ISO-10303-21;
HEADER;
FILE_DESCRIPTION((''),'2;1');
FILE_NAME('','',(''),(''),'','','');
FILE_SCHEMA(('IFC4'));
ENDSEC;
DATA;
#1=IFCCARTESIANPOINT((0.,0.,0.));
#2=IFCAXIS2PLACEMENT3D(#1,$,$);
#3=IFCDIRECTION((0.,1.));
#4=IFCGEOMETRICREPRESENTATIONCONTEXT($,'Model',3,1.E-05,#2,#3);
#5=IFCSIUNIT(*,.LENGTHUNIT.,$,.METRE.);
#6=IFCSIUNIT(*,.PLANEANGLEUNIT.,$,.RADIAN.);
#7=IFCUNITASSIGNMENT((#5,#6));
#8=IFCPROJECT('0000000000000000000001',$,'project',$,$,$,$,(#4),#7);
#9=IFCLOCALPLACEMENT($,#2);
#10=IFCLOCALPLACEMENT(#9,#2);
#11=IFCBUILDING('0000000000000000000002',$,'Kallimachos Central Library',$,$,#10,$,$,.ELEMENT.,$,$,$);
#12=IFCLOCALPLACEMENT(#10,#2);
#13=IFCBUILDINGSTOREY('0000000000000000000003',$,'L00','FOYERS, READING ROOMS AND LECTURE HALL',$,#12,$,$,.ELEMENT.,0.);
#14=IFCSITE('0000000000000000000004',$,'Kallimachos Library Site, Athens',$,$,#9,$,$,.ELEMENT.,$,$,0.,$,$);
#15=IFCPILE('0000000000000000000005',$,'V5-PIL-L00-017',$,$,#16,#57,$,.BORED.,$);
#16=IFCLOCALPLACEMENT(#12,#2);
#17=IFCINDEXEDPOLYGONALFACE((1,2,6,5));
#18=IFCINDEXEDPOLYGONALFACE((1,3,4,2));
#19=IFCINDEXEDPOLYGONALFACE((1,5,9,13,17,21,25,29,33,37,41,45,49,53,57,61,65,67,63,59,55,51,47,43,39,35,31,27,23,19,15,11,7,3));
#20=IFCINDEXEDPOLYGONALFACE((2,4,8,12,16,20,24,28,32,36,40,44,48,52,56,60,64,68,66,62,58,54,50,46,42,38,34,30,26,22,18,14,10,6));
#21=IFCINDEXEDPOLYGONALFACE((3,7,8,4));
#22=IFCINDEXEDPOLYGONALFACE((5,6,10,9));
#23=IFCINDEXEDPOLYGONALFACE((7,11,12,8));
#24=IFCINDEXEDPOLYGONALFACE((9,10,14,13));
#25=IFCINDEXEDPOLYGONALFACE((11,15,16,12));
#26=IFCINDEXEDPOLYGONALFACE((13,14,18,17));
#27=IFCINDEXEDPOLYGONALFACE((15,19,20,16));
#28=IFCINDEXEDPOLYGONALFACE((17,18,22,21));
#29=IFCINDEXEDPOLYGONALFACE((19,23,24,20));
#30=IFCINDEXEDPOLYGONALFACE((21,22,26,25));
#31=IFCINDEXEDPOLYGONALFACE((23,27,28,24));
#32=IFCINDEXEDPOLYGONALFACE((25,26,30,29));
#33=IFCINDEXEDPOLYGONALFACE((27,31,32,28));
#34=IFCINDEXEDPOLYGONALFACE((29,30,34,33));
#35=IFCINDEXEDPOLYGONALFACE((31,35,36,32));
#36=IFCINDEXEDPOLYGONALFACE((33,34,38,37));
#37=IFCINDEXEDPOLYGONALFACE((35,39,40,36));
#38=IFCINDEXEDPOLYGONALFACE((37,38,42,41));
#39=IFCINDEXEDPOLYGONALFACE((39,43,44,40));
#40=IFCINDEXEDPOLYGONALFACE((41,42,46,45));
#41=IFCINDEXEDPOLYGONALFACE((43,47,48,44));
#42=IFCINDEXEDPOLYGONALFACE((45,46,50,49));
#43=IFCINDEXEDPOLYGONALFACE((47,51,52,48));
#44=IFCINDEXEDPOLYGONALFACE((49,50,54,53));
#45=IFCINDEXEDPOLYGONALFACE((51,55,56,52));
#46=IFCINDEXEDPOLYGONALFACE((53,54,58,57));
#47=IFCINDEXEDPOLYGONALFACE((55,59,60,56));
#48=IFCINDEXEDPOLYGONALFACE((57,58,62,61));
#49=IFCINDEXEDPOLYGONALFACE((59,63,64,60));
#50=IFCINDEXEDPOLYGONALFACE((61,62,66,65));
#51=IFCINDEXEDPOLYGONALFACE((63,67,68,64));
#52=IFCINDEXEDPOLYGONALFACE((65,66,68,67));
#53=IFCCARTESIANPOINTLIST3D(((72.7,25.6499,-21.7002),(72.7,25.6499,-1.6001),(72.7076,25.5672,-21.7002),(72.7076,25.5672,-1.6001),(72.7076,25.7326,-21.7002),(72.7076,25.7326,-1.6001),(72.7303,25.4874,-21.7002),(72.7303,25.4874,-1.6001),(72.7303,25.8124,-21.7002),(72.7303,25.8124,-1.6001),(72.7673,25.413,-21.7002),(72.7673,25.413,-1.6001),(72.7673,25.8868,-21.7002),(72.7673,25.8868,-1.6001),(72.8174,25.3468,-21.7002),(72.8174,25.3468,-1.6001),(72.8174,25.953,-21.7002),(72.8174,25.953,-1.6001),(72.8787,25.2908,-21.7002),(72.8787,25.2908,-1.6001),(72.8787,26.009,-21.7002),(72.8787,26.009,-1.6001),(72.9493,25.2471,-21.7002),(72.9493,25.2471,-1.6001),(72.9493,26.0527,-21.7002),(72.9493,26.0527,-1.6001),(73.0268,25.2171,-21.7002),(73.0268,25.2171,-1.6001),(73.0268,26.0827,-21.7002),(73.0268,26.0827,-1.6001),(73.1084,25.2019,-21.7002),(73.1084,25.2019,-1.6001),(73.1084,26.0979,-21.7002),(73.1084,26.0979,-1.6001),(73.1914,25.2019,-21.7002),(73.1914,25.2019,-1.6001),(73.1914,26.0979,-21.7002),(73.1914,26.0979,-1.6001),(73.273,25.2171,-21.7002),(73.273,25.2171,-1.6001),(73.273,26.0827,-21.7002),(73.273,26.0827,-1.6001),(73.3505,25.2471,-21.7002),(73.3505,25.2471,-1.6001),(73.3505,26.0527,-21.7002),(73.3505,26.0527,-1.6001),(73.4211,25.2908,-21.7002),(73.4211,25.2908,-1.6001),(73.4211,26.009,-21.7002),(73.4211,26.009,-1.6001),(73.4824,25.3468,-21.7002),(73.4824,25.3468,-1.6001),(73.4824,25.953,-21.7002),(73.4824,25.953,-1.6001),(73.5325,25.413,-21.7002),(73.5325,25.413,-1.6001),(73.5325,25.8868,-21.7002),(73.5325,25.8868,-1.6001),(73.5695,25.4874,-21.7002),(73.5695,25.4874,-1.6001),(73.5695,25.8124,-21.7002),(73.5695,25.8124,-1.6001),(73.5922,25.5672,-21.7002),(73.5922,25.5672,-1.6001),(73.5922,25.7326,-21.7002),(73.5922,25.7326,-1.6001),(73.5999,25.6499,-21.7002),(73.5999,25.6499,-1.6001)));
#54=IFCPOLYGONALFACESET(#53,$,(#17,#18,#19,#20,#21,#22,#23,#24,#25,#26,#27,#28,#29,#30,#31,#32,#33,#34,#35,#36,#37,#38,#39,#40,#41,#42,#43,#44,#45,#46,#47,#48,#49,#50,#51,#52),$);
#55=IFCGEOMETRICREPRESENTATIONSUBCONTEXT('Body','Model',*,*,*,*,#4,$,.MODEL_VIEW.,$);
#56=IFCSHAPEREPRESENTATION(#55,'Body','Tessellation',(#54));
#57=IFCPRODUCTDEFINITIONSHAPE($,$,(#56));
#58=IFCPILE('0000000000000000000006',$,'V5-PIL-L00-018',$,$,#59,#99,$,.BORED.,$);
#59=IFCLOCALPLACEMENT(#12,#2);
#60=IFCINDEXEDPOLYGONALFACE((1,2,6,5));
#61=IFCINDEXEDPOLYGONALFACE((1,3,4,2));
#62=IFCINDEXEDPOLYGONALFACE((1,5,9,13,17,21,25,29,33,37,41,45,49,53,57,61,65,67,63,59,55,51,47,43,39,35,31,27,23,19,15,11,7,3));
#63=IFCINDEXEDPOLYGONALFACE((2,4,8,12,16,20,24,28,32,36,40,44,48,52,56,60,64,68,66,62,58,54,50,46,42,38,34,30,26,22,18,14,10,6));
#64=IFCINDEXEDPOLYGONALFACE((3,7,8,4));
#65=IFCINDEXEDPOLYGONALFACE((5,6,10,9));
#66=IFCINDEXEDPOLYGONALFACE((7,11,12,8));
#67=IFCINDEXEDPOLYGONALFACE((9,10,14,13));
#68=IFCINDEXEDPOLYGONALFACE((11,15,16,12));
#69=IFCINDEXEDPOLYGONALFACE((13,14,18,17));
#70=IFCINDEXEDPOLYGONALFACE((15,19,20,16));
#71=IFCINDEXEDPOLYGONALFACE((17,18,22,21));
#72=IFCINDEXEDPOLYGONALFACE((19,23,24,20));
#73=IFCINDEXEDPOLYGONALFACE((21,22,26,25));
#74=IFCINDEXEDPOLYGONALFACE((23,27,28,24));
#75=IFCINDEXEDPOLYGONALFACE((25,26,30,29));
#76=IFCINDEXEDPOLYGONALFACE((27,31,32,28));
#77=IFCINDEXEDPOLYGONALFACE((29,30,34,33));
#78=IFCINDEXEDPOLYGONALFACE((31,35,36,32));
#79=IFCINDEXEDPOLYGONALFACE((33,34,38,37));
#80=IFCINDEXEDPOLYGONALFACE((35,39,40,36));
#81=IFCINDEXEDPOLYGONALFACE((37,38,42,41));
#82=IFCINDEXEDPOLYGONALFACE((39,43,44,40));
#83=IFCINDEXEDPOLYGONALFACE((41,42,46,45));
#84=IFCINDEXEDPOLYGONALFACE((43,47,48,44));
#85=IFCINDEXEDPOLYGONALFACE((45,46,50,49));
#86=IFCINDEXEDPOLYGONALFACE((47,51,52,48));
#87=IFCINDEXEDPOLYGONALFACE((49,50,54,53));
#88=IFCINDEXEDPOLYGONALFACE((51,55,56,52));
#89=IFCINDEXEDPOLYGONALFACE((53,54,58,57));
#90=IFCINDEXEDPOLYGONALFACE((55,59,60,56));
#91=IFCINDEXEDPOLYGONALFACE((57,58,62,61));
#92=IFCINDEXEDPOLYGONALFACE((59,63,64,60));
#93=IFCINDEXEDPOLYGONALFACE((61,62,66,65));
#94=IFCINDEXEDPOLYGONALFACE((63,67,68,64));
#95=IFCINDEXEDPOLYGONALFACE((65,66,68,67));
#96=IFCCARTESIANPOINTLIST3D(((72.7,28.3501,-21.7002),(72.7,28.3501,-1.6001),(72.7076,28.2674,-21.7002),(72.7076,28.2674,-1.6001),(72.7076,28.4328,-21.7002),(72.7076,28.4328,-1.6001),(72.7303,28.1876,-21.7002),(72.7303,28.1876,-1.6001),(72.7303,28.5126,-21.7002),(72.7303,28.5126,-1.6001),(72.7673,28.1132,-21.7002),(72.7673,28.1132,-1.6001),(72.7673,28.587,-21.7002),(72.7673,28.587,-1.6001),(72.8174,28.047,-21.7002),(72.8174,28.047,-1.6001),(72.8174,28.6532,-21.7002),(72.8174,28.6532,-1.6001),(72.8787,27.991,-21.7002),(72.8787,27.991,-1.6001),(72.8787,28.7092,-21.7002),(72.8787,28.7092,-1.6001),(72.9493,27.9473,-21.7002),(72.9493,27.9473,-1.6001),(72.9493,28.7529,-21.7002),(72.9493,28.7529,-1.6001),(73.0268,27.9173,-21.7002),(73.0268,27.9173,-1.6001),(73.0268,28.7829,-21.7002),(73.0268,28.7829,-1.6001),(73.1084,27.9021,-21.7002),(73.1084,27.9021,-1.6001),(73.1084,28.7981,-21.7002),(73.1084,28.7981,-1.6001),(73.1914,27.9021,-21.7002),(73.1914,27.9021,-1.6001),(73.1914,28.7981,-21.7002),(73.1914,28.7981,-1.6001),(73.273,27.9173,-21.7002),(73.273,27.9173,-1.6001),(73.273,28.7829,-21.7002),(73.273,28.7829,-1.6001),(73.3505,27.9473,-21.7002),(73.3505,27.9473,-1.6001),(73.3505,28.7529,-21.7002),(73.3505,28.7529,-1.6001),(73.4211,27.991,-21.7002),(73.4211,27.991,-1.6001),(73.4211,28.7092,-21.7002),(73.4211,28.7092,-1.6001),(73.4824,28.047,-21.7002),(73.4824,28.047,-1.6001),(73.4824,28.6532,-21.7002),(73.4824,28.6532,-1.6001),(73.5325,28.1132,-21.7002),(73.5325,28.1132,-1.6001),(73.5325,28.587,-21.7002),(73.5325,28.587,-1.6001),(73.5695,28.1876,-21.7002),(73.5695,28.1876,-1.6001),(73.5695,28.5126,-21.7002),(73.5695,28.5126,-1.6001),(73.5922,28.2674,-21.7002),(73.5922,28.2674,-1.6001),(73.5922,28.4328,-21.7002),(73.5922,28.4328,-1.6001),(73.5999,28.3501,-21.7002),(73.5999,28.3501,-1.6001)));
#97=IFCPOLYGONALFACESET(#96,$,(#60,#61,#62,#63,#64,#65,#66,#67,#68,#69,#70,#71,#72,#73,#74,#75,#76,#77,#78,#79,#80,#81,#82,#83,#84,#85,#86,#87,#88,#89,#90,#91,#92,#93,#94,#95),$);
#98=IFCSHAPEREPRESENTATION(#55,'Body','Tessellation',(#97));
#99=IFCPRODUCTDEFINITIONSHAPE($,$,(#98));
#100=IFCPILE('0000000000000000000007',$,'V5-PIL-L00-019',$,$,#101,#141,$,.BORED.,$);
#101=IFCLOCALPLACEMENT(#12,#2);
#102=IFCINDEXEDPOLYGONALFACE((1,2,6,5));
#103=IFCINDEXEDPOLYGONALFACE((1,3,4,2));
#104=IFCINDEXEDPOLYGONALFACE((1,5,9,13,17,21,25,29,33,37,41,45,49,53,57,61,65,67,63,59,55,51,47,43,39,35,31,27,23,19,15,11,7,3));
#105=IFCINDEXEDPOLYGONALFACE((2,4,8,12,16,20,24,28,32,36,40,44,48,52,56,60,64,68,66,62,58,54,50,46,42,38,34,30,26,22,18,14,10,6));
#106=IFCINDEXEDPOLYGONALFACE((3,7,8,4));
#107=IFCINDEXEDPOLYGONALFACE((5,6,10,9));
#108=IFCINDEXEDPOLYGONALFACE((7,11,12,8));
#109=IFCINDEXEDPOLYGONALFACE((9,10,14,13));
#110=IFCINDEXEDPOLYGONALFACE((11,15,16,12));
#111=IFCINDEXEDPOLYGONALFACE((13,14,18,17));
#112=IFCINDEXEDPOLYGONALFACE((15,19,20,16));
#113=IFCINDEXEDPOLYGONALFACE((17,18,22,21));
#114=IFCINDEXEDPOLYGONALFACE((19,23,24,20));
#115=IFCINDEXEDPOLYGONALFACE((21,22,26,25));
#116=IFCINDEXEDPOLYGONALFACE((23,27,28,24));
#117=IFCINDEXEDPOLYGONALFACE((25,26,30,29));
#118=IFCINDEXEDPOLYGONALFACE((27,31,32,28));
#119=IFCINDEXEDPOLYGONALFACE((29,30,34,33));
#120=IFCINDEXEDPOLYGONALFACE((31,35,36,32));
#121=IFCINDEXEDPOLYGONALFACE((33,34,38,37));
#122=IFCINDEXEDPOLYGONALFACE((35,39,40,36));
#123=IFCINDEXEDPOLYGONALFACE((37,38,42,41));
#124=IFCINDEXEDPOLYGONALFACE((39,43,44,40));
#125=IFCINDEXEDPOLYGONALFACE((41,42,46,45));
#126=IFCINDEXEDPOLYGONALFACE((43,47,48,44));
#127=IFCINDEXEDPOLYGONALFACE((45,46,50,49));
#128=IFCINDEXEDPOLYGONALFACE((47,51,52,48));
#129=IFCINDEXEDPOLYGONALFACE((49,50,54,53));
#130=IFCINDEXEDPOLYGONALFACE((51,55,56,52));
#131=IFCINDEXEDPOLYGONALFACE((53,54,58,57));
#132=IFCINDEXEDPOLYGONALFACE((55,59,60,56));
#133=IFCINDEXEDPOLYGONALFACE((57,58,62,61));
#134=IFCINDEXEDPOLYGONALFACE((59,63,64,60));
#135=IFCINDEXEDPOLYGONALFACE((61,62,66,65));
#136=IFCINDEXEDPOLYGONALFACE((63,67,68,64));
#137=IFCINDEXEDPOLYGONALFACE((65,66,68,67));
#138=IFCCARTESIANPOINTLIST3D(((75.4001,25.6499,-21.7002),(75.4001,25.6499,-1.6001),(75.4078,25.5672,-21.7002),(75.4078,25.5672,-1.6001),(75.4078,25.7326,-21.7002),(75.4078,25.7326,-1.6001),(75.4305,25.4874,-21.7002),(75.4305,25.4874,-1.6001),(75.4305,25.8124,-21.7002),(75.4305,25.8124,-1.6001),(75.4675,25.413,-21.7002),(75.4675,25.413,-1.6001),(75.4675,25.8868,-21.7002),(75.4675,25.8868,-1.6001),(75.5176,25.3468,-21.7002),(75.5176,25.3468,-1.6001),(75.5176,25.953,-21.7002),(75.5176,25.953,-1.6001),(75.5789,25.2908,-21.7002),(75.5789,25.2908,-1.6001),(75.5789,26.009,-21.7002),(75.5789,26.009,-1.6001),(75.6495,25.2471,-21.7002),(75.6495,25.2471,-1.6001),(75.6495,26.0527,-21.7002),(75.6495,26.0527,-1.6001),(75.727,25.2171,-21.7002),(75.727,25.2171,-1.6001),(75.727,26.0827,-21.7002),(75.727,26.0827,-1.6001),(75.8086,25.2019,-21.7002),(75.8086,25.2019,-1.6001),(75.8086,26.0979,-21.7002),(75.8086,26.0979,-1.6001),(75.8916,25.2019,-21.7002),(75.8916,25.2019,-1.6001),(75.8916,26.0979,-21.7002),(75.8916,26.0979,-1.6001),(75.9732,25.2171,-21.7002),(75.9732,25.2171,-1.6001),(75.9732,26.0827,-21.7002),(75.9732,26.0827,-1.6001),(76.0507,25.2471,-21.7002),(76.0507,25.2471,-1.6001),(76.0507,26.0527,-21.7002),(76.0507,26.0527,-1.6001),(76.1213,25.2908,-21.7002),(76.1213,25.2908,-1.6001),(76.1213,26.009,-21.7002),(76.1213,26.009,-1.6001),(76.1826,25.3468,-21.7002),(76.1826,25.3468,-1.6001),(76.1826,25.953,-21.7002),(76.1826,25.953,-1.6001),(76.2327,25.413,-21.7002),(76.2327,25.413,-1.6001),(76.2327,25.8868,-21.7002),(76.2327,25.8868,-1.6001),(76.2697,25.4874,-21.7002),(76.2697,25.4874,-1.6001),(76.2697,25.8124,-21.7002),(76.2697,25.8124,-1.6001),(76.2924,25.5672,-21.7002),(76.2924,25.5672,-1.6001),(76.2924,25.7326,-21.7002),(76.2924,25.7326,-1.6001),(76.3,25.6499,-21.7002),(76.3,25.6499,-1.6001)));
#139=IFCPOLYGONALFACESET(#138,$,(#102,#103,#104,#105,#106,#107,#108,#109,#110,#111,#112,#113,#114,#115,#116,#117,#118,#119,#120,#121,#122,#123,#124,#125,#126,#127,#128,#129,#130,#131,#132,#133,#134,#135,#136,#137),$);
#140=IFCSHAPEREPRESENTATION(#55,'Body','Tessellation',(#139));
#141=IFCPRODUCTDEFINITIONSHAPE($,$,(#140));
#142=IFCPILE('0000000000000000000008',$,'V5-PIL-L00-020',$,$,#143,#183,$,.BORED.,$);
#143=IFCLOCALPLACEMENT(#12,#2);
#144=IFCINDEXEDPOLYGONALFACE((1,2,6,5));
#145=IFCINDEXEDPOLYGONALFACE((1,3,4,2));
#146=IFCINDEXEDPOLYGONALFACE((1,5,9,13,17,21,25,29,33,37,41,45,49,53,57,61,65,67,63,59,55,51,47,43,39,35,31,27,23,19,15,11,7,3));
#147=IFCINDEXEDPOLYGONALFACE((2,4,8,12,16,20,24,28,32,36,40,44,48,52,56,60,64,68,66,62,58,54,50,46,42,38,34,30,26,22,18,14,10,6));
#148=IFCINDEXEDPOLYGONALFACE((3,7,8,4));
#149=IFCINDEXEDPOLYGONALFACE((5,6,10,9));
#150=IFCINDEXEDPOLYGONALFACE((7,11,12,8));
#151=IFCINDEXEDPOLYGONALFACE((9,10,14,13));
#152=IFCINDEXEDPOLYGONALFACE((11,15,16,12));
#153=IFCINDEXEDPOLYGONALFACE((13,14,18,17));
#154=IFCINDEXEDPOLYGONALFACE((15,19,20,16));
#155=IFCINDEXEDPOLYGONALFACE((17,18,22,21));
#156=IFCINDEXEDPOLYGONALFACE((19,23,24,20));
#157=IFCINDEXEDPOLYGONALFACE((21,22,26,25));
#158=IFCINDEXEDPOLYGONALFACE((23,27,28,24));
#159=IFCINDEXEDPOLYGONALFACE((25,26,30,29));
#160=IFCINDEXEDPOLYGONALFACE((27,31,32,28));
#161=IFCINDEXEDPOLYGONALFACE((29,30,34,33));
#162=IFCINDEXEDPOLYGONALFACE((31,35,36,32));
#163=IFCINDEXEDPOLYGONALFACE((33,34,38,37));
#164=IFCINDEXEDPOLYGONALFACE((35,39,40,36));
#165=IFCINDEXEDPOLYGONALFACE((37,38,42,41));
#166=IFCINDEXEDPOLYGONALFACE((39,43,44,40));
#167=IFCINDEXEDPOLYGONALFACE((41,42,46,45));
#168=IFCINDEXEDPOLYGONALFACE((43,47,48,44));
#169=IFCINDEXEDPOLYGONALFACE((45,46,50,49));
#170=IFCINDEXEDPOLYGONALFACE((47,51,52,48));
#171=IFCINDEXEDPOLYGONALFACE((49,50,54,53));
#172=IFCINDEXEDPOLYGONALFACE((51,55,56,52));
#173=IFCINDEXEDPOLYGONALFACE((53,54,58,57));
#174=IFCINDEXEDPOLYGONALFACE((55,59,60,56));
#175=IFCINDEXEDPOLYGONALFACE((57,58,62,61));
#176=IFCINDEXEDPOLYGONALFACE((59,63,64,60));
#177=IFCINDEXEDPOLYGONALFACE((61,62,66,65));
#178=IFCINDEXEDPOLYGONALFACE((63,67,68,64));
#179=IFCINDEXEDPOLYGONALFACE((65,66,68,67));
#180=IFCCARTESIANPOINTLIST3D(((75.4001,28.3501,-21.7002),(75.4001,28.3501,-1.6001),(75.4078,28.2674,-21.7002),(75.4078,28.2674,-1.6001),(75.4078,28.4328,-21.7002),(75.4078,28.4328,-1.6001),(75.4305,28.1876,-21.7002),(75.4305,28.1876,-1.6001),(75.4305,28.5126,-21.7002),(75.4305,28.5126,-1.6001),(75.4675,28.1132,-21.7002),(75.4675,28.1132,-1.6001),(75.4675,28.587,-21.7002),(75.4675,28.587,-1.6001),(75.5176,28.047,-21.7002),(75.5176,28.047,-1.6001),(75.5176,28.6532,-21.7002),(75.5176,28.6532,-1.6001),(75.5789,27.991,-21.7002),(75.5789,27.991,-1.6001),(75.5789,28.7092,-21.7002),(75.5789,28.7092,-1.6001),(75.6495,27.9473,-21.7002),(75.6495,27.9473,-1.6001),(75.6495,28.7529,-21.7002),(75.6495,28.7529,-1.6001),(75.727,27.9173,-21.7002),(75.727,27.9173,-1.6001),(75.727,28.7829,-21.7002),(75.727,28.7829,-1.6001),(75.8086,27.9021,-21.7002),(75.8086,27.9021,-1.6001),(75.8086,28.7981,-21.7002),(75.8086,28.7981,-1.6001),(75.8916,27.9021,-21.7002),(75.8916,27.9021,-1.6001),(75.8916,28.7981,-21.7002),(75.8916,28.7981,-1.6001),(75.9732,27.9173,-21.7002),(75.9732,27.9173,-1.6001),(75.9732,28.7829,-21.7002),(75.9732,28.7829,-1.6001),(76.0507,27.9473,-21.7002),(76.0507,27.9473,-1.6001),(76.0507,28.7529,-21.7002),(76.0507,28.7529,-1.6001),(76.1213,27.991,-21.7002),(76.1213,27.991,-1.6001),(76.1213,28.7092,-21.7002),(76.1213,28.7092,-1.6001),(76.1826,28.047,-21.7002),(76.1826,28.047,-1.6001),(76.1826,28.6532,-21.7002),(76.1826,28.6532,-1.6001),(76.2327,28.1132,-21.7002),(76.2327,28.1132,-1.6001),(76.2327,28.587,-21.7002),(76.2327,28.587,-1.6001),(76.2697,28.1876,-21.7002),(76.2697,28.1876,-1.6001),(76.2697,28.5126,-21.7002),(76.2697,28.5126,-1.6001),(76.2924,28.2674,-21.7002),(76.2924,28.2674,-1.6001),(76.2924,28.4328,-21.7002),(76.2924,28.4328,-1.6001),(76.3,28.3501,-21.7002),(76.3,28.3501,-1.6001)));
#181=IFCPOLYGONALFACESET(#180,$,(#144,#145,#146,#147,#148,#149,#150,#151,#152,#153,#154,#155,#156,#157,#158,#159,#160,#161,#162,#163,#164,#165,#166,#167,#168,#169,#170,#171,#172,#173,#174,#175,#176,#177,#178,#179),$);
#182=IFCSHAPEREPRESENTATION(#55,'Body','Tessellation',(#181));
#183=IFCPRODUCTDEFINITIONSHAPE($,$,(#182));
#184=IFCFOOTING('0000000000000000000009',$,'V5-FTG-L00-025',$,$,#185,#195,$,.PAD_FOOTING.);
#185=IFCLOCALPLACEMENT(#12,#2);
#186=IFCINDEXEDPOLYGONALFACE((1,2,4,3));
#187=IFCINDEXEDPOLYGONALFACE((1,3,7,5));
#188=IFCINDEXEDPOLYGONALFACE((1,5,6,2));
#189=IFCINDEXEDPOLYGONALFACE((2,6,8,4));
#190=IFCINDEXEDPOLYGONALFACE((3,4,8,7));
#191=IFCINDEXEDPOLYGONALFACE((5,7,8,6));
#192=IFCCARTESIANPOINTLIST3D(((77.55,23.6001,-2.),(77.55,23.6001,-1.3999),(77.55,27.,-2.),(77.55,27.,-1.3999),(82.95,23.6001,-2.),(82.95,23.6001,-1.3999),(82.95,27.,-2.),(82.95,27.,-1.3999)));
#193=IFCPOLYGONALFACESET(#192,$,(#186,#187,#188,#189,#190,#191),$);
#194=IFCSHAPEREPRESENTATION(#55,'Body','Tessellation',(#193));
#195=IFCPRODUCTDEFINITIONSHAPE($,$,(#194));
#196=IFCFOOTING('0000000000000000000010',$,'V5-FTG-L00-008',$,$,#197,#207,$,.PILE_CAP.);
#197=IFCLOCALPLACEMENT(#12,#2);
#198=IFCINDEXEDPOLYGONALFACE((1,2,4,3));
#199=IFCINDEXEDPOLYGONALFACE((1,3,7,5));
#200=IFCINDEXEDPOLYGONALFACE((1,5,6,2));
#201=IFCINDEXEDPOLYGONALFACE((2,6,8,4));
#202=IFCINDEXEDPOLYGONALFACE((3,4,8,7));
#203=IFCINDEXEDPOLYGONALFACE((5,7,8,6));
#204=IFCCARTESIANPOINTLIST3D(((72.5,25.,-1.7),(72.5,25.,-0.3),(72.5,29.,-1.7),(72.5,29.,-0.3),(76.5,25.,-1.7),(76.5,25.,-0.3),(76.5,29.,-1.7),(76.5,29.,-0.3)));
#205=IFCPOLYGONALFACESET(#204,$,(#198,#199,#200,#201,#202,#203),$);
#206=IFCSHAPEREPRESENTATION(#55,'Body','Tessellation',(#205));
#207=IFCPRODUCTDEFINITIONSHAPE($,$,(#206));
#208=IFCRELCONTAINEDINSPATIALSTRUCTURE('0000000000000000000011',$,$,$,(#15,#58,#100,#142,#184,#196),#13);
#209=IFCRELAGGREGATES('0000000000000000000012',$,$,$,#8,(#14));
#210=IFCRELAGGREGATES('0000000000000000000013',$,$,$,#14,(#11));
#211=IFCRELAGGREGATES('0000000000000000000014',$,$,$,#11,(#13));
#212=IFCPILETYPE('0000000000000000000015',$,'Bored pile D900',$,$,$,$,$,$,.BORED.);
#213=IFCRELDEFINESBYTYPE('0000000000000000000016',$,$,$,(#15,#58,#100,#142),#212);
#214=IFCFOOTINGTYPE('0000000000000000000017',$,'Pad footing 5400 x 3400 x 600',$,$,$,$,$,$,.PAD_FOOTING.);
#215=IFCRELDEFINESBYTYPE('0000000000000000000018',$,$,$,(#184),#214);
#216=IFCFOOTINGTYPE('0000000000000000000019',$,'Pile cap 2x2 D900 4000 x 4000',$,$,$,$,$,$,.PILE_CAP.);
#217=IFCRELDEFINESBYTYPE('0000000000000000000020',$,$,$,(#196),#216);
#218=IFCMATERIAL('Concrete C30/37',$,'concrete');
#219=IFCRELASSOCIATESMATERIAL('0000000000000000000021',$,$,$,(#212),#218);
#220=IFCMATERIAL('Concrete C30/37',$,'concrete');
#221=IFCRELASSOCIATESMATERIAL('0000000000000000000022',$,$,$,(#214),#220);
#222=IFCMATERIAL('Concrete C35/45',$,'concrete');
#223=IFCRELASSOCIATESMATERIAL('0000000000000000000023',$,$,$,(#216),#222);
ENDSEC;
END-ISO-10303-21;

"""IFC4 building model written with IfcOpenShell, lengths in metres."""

from ifc_helpers import new_model, si_unit, direction, frame, origin, origin_2d, place, context, subcontext, project, spatial, rectangle, circle, extrude, material, type_object, element, save


model = new_model("IFC4")

# Units and contexts
model_context = context("Model", 3, precision=1e-05, world=origin(), true_north=direction((0.0, 1.0)))
body_context = subcontext(model_context, "Body", "Model", "MODEL_VIEW")
ifc_project = project(units=[si_unit("LENGTHUNIT", "METRE"), si_unit("PLANEANGLEUNIT", "RADIAN")], contexts=[model_context])

# Site, building, storey
site_placement = place(None, origin())
site = spatial("IfcSite", under=ifc_project, at=site_placement, Name="Kallimachos Library Site, Athens", CompositionType="ELEMENT", RefElevation=0.0)
building_placement = place(site_placement, origin())
building = spatial("IfcBuilding", under=site, at=building_placement, Name="Kallimachos Central Library", CompositionType="ELEMENT")
storey_placement = place(building_placement, origin())
storey = spatial("IfcBuildingStorey", under=building, at=storey_placement, Name="L00", Description="FOYERS, READING ROOMS AND LECTURE HALL", CompositionType="ELEMENT", Elevation=0.0)

# Piles
ifc_material_1 = material(Name="Concrete C30/37", Category="concrete")
pile_type = type_object("IfcPileType", Name="Bored pile D900", PredefinedType="BORED", material=ifc_material_1)
for number, where, z_axis, x_axis, name in (
    (1, (73.1499, 25.6499, -1.6001), (0.0, 0.0, -1.0), (1.0, 0.0, 0.0), "V5-PIL-L00-017"),
    (2, (73.1499, 28.3501, -1.6001), (0.0, 0.0, -1.0), (1.0, 0.0, 0.0), "V5-PIL-L00-018"),
    (3, (75.8501, 25.6499, -1.6001), (0.0, 0.0, -1.0), (1.0, 0.0, 0.0), "V5-PIL-L00-019"),
    (4, (75.8501, 28.3501, -1.6001), (0.0, 0.0, -1.0), (1.0, 0.0, 0.0), "V5-PIL-L00-020"),
):
    element("IfcPile", number, at=place(storey_placement, frame(where, z_axis=z_axis, x_axis=x_axis)), inside=storey, type_object=pile_type, Name=name, PredefinedType="BORED", context=body_context, shape_type="SweptSolid", body=[
        extrude(circle(Radius=0.45, at=origin_2d()), origin(), (0.0, 0.0, 1.0), 20.1001),
    ])

# Footings
ifc_material_2 = material(Name="Concrete C30/37", Category="concrete")
footing_type_1 = type_object("IfcFootingType", Name="Pad footing 5400 x 3400 x 600", PredefinedType="PAD_FOOTING", material=ifc_material_2)
footing_1_placement = place(storey_placement, frame((80.25, 25.3, -2.0), z_axis=(0.0, 0.0, 1.0), x_axis=(1.0, 0.0, 0.0)))
element("IfcFooting", 5, at=footing_1_placement, inside=storey, type_object=footing_type_1, Name="V5-FTG-L00-025", PredefinedType="PAD_FOOTING", context=body_context, shape_type="SweptSolid", body=[
    extrude(rectangle(XDim=5.3999, YDim=3.3999, at=origin_2d()), origin(), (0.0, 0.0, 1.0), 0.6001),
])
ifc_material_3 = material(Name="Concrete C35/45", Category="concrete")
footing_type_2 = type_object("IfcFootingType", Name="Pile cap 2x2 D900 4000 x 4000", PredefinedType="PILE_CAP", material=ifc_material_3)
footing_2_placement = place(storey_placement, frame((74.5, 27.0, -1.7), z_axis=(0.0, 0.0, 1.0), x_axis=(1.0, 0.0, 0.0)))
element("IfcFooting", 6, at=footing_2_placement, inside=storey, type_object=footing_type_2, Name="V5-FTG-L00-008", PredefinedType="PILE_CAP", context=body_context, shape_type="SweptSolid", body=[
    extrude(rectangle(XDim=4.0, YDim=4.0, at=origin_2d()), origin(), (0.0, 0.0, 1.0), 1.3999),
])

save(model, "model.ifc")
